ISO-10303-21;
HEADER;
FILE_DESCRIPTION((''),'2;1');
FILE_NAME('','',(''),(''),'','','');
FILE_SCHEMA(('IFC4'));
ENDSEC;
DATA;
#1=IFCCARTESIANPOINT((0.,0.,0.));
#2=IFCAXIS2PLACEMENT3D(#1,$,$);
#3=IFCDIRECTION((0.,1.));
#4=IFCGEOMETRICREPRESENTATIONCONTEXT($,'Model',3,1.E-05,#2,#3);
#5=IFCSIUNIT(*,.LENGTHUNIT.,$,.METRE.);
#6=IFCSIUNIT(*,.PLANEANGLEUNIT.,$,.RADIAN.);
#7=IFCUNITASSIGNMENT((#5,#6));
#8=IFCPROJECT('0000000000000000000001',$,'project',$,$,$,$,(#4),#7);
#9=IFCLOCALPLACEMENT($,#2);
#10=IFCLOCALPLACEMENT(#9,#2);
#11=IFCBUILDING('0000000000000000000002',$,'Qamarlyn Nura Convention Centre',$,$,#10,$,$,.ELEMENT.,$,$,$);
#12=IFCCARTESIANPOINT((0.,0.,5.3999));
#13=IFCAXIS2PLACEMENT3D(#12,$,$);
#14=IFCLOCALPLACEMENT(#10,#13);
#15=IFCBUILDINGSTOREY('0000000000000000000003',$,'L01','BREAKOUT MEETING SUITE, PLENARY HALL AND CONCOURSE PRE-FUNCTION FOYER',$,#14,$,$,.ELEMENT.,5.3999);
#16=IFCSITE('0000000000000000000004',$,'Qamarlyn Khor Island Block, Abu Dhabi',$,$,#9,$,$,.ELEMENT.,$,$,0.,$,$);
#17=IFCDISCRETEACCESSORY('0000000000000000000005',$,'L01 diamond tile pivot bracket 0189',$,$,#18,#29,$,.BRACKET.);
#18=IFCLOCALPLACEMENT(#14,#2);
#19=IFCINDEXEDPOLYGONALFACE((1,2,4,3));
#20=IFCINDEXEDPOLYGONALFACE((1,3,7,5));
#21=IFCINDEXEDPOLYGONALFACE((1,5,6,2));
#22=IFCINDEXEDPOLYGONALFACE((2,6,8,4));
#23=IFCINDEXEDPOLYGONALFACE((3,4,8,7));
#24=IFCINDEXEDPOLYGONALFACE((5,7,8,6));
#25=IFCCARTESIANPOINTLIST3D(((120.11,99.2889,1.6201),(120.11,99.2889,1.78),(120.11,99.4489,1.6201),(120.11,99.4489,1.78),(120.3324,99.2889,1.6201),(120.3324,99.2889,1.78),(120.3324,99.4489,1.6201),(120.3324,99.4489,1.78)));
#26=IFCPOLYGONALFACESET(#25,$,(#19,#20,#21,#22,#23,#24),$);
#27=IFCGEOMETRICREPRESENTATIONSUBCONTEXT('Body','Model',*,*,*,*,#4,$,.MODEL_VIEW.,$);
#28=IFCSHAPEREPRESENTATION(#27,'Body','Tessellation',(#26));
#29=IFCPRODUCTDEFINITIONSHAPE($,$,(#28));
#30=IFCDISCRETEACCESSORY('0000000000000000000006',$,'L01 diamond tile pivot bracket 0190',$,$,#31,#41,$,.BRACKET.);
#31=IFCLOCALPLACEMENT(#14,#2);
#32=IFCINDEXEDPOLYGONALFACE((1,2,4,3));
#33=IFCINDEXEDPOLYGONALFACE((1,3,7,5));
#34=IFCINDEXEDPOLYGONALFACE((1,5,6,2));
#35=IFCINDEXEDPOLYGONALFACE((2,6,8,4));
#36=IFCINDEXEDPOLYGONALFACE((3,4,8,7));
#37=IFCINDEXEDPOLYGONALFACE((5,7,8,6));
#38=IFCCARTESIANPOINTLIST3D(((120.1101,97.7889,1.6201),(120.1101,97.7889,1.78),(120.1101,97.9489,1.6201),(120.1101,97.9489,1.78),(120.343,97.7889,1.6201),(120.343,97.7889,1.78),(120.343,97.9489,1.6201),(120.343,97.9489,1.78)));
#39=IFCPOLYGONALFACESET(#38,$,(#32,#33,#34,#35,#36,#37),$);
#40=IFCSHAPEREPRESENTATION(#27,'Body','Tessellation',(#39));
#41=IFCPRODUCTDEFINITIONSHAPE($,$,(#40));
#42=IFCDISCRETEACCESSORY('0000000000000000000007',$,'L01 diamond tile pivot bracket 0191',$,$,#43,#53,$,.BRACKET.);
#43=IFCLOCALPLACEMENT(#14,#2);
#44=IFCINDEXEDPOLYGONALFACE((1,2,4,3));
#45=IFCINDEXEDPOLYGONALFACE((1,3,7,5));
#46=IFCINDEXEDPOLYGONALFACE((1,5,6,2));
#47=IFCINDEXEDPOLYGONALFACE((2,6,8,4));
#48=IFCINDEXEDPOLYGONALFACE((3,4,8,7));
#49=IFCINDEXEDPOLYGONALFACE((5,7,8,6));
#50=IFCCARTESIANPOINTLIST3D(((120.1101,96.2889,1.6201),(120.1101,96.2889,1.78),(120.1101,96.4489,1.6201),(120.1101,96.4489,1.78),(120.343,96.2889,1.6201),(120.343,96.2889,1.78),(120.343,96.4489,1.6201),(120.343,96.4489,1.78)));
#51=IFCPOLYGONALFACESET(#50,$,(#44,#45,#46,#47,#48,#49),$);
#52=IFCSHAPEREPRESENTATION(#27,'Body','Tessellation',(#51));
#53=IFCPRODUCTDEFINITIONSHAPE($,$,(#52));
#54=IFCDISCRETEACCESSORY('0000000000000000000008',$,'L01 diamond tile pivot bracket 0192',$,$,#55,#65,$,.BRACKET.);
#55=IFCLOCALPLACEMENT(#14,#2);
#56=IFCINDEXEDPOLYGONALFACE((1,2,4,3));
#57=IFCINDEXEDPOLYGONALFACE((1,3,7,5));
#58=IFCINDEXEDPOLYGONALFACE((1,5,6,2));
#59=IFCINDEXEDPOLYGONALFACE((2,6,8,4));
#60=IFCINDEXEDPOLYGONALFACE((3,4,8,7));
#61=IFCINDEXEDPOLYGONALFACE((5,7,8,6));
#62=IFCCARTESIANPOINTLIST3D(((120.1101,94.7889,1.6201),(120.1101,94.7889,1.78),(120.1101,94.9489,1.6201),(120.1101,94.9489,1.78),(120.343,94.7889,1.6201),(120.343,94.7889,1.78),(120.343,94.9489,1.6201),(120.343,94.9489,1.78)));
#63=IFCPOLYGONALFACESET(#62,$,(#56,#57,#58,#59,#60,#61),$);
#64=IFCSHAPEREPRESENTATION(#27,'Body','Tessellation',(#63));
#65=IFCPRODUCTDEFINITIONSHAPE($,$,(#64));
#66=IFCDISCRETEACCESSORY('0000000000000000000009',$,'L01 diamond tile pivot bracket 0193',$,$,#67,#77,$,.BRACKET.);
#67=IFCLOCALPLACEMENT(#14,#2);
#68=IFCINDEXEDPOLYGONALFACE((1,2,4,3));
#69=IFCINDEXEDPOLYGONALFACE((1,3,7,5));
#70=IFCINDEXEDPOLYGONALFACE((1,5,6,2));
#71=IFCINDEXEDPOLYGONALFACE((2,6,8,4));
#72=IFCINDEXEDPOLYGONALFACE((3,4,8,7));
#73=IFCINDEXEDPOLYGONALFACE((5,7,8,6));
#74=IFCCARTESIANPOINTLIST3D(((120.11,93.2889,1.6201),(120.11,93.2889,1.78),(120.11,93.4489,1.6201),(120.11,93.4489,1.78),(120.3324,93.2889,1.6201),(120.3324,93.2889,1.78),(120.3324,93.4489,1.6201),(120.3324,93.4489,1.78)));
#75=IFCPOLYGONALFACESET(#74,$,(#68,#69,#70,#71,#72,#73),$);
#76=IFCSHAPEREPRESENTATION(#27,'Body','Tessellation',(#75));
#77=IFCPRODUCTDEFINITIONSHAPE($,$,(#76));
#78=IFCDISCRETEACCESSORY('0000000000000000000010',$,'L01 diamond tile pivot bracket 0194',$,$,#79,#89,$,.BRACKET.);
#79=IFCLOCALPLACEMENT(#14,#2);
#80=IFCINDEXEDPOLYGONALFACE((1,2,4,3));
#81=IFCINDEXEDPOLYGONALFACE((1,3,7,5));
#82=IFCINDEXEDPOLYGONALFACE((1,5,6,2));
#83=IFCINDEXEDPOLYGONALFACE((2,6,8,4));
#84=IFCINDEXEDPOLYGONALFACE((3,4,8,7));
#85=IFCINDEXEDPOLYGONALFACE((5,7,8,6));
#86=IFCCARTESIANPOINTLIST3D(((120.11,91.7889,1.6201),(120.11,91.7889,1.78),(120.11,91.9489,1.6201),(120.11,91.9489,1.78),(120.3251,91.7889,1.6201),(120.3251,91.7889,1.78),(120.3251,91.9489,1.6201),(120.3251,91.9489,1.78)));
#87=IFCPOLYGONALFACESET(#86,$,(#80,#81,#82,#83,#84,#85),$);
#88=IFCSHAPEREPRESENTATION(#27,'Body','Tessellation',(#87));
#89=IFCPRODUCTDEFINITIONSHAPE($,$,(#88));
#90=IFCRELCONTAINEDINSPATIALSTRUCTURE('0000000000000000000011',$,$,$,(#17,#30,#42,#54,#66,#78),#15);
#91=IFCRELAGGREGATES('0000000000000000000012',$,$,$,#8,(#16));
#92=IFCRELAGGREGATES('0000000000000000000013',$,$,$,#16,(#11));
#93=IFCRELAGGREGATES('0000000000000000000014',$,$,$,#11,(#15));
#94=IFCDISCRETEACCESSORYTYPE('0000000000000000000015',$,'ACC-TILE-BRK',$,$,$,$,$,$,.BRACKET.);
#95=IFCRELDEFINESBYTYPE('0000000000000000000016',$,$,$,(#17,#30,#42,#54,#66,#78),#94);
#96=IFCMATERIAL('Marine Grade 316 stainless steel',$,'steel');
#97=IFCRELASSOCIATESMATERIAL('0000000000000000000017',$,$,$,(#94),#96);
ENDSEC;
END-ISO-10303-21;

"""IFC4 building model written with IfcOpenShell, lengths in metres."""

from ifc_helpers import new_model, si_unit, direction, frame, origin, origin_2d, place, context, subcontext, project, spatial, rectangle, extrude, material, type_object, element, save


model = new_model("IFC4")

# Units and contexts
model_context = context("Model", 3, precision=1e-05, world=origin(), true_north=direction((0.0, 1.0)))
body_context = subcontext(model_context, "Body", "Model", "MODEL_VIEW")
ifc_project = project(units=[si_unit("LENGTHUNIT", "METRE"), si_unit("PLANEANGLEUNIT", "RADIAN")], contexts=[model_context])

# Site, building, storey
site_placement = place(None, origin())
site = spatial("IfcSite", under=ifc_project, at=site_placement, Name="Qamarlyn Khor Island Block, Abu Dhabi", CompositionType="ELEMENT", RefElevation=0.0)
building_placement = place(site_placement, origin())
building = spatial("IfcBuilding", under=site, at=building_placement, Name="Qamarlyn Nura Convention Centre", CompositionType="ELEMENT")
storey_placement = place(building_placement, frame((0.0, 0.0, 5.3999)))
storey = spatial("IfcBuildingStorey", under=building, at=storey_placement, Name="L01", Description="BREAKOUT MEETING SUITE, PLENARY HALL AND CONCOURSE PRE-FUNCTION FOYER", CompositionType="ELEMENT", Elevation=5.3999)

# Discrete accessories
ifc_material_1 = material(Name="Marine Grade 316 stainless steel", Category="steel")
discrete_accessory_type_1 = type_object("IfcDiscreteAccessoryType", Name="ACC-TILE-BRK", PredefinedType="BRACKET", material=ifc_material_1)
discrete_accessory_1_placement = place(storey_placement, frame((120.2212, 99.3689, 1.6201), z_axis=(0.0, 0.0, 1.0), x_axis=(1.0, 0.0, 0.0)))
element("IfcDiscreteAccessory", 1, at=discrete_accessory_1_placement, inside=storey, type_object=discrete_accessory_type_1, Name="L01 diamond tile pivot bracket 0189", PredefinedType="BRACKET", context=body_context, shape_type="SweptSolid", body=[
    extrude(rectangle(XDim=0.2224, YDim=0.1599, at=origin_2d()), origin(), (0.0, 0.0, 1.0), 0.1599),
])
for number, where, z_axis, x_axis, name in (
    (2, (120.2266, 97.8689, 1.6201), (0.0, 0.0, 1.0), (1.0, 0.0, 0.0), "L01 diamond tile pivot bracket 0190"),
    (3, (120.2266, 96.3689, 1.6201), (0.0, 0.0, 1.0), (1.0, 0.0, 0.0), "L01 diamond tile pivot bracket 0191"),
    (4, (120.2266, 94.8689, 1.6201), (0.0, 0.0, 1.0), (1.0, 0.0, 0.0), "L01 diamond tile pivot bracket 0192"),
):
    element("IfcDiscreteAccessory", number, at=place(storey_placement, frame(where, z_axis=z_axis, x_axis=x_axis)), inside=storey, type_object=discrete_accessory_type_1, Name=name, PredefinedType="BRACKET", context=body_context, shape_type="SweptSolid", body=[
        extrude(rectangle(XDim=0.2329, YDim=0.1599, at=origin_2d()), origin(), (0.0, 0.0, 1.0), 0.1599),
    ])
discrete_accessory_2_placement = place(storey_placement, frame((120.2212, 93.3689, 1.6201), z_axis=(0.0, 0.0, 1.0), x_axis=(1.0, 0.0, 0.0)))
element("IfcDiscreteAccessory", 5, at=discrete_accessory_2_placement, inside=storey, type_object=discrete_accessory_type_1, Name="L01 diamond tile pivot bracket 0193", PredefinedType="BRACKET", context=body_context, shape_type="SweptSolid", body=[
    extrude(rectangle(XDim=0.2224, YDim=0.1599, at=origin_2d()), origin(), (0.0, 0.0, 1.0), 0.1599),
])
discrete_accessory_3_placement = place(storey_placement, frame((120.2175, 91.8689, 1.6201), z_axis=(0.0, 0.0, 1.0), x_axis=(1.0, 0.0, 0.0)))
element("IfcDiscreteAccessory", 6, at=discrete_accessory_3_placement, inside=storey, type_object=discrete_accessory_type_1, Name="L01 diamond tile pivot bracket 0194", PredefinedType="BRACKET", context=body_context, shape_type="SweptSolid", body=[
    extrude(rectangle(XDim=0.2151, YDim=0.1599, at=origin_2d()), origin(), (0.0, 0.0, 1.0), 0.1599),
])

save(model, "model.ifc")
